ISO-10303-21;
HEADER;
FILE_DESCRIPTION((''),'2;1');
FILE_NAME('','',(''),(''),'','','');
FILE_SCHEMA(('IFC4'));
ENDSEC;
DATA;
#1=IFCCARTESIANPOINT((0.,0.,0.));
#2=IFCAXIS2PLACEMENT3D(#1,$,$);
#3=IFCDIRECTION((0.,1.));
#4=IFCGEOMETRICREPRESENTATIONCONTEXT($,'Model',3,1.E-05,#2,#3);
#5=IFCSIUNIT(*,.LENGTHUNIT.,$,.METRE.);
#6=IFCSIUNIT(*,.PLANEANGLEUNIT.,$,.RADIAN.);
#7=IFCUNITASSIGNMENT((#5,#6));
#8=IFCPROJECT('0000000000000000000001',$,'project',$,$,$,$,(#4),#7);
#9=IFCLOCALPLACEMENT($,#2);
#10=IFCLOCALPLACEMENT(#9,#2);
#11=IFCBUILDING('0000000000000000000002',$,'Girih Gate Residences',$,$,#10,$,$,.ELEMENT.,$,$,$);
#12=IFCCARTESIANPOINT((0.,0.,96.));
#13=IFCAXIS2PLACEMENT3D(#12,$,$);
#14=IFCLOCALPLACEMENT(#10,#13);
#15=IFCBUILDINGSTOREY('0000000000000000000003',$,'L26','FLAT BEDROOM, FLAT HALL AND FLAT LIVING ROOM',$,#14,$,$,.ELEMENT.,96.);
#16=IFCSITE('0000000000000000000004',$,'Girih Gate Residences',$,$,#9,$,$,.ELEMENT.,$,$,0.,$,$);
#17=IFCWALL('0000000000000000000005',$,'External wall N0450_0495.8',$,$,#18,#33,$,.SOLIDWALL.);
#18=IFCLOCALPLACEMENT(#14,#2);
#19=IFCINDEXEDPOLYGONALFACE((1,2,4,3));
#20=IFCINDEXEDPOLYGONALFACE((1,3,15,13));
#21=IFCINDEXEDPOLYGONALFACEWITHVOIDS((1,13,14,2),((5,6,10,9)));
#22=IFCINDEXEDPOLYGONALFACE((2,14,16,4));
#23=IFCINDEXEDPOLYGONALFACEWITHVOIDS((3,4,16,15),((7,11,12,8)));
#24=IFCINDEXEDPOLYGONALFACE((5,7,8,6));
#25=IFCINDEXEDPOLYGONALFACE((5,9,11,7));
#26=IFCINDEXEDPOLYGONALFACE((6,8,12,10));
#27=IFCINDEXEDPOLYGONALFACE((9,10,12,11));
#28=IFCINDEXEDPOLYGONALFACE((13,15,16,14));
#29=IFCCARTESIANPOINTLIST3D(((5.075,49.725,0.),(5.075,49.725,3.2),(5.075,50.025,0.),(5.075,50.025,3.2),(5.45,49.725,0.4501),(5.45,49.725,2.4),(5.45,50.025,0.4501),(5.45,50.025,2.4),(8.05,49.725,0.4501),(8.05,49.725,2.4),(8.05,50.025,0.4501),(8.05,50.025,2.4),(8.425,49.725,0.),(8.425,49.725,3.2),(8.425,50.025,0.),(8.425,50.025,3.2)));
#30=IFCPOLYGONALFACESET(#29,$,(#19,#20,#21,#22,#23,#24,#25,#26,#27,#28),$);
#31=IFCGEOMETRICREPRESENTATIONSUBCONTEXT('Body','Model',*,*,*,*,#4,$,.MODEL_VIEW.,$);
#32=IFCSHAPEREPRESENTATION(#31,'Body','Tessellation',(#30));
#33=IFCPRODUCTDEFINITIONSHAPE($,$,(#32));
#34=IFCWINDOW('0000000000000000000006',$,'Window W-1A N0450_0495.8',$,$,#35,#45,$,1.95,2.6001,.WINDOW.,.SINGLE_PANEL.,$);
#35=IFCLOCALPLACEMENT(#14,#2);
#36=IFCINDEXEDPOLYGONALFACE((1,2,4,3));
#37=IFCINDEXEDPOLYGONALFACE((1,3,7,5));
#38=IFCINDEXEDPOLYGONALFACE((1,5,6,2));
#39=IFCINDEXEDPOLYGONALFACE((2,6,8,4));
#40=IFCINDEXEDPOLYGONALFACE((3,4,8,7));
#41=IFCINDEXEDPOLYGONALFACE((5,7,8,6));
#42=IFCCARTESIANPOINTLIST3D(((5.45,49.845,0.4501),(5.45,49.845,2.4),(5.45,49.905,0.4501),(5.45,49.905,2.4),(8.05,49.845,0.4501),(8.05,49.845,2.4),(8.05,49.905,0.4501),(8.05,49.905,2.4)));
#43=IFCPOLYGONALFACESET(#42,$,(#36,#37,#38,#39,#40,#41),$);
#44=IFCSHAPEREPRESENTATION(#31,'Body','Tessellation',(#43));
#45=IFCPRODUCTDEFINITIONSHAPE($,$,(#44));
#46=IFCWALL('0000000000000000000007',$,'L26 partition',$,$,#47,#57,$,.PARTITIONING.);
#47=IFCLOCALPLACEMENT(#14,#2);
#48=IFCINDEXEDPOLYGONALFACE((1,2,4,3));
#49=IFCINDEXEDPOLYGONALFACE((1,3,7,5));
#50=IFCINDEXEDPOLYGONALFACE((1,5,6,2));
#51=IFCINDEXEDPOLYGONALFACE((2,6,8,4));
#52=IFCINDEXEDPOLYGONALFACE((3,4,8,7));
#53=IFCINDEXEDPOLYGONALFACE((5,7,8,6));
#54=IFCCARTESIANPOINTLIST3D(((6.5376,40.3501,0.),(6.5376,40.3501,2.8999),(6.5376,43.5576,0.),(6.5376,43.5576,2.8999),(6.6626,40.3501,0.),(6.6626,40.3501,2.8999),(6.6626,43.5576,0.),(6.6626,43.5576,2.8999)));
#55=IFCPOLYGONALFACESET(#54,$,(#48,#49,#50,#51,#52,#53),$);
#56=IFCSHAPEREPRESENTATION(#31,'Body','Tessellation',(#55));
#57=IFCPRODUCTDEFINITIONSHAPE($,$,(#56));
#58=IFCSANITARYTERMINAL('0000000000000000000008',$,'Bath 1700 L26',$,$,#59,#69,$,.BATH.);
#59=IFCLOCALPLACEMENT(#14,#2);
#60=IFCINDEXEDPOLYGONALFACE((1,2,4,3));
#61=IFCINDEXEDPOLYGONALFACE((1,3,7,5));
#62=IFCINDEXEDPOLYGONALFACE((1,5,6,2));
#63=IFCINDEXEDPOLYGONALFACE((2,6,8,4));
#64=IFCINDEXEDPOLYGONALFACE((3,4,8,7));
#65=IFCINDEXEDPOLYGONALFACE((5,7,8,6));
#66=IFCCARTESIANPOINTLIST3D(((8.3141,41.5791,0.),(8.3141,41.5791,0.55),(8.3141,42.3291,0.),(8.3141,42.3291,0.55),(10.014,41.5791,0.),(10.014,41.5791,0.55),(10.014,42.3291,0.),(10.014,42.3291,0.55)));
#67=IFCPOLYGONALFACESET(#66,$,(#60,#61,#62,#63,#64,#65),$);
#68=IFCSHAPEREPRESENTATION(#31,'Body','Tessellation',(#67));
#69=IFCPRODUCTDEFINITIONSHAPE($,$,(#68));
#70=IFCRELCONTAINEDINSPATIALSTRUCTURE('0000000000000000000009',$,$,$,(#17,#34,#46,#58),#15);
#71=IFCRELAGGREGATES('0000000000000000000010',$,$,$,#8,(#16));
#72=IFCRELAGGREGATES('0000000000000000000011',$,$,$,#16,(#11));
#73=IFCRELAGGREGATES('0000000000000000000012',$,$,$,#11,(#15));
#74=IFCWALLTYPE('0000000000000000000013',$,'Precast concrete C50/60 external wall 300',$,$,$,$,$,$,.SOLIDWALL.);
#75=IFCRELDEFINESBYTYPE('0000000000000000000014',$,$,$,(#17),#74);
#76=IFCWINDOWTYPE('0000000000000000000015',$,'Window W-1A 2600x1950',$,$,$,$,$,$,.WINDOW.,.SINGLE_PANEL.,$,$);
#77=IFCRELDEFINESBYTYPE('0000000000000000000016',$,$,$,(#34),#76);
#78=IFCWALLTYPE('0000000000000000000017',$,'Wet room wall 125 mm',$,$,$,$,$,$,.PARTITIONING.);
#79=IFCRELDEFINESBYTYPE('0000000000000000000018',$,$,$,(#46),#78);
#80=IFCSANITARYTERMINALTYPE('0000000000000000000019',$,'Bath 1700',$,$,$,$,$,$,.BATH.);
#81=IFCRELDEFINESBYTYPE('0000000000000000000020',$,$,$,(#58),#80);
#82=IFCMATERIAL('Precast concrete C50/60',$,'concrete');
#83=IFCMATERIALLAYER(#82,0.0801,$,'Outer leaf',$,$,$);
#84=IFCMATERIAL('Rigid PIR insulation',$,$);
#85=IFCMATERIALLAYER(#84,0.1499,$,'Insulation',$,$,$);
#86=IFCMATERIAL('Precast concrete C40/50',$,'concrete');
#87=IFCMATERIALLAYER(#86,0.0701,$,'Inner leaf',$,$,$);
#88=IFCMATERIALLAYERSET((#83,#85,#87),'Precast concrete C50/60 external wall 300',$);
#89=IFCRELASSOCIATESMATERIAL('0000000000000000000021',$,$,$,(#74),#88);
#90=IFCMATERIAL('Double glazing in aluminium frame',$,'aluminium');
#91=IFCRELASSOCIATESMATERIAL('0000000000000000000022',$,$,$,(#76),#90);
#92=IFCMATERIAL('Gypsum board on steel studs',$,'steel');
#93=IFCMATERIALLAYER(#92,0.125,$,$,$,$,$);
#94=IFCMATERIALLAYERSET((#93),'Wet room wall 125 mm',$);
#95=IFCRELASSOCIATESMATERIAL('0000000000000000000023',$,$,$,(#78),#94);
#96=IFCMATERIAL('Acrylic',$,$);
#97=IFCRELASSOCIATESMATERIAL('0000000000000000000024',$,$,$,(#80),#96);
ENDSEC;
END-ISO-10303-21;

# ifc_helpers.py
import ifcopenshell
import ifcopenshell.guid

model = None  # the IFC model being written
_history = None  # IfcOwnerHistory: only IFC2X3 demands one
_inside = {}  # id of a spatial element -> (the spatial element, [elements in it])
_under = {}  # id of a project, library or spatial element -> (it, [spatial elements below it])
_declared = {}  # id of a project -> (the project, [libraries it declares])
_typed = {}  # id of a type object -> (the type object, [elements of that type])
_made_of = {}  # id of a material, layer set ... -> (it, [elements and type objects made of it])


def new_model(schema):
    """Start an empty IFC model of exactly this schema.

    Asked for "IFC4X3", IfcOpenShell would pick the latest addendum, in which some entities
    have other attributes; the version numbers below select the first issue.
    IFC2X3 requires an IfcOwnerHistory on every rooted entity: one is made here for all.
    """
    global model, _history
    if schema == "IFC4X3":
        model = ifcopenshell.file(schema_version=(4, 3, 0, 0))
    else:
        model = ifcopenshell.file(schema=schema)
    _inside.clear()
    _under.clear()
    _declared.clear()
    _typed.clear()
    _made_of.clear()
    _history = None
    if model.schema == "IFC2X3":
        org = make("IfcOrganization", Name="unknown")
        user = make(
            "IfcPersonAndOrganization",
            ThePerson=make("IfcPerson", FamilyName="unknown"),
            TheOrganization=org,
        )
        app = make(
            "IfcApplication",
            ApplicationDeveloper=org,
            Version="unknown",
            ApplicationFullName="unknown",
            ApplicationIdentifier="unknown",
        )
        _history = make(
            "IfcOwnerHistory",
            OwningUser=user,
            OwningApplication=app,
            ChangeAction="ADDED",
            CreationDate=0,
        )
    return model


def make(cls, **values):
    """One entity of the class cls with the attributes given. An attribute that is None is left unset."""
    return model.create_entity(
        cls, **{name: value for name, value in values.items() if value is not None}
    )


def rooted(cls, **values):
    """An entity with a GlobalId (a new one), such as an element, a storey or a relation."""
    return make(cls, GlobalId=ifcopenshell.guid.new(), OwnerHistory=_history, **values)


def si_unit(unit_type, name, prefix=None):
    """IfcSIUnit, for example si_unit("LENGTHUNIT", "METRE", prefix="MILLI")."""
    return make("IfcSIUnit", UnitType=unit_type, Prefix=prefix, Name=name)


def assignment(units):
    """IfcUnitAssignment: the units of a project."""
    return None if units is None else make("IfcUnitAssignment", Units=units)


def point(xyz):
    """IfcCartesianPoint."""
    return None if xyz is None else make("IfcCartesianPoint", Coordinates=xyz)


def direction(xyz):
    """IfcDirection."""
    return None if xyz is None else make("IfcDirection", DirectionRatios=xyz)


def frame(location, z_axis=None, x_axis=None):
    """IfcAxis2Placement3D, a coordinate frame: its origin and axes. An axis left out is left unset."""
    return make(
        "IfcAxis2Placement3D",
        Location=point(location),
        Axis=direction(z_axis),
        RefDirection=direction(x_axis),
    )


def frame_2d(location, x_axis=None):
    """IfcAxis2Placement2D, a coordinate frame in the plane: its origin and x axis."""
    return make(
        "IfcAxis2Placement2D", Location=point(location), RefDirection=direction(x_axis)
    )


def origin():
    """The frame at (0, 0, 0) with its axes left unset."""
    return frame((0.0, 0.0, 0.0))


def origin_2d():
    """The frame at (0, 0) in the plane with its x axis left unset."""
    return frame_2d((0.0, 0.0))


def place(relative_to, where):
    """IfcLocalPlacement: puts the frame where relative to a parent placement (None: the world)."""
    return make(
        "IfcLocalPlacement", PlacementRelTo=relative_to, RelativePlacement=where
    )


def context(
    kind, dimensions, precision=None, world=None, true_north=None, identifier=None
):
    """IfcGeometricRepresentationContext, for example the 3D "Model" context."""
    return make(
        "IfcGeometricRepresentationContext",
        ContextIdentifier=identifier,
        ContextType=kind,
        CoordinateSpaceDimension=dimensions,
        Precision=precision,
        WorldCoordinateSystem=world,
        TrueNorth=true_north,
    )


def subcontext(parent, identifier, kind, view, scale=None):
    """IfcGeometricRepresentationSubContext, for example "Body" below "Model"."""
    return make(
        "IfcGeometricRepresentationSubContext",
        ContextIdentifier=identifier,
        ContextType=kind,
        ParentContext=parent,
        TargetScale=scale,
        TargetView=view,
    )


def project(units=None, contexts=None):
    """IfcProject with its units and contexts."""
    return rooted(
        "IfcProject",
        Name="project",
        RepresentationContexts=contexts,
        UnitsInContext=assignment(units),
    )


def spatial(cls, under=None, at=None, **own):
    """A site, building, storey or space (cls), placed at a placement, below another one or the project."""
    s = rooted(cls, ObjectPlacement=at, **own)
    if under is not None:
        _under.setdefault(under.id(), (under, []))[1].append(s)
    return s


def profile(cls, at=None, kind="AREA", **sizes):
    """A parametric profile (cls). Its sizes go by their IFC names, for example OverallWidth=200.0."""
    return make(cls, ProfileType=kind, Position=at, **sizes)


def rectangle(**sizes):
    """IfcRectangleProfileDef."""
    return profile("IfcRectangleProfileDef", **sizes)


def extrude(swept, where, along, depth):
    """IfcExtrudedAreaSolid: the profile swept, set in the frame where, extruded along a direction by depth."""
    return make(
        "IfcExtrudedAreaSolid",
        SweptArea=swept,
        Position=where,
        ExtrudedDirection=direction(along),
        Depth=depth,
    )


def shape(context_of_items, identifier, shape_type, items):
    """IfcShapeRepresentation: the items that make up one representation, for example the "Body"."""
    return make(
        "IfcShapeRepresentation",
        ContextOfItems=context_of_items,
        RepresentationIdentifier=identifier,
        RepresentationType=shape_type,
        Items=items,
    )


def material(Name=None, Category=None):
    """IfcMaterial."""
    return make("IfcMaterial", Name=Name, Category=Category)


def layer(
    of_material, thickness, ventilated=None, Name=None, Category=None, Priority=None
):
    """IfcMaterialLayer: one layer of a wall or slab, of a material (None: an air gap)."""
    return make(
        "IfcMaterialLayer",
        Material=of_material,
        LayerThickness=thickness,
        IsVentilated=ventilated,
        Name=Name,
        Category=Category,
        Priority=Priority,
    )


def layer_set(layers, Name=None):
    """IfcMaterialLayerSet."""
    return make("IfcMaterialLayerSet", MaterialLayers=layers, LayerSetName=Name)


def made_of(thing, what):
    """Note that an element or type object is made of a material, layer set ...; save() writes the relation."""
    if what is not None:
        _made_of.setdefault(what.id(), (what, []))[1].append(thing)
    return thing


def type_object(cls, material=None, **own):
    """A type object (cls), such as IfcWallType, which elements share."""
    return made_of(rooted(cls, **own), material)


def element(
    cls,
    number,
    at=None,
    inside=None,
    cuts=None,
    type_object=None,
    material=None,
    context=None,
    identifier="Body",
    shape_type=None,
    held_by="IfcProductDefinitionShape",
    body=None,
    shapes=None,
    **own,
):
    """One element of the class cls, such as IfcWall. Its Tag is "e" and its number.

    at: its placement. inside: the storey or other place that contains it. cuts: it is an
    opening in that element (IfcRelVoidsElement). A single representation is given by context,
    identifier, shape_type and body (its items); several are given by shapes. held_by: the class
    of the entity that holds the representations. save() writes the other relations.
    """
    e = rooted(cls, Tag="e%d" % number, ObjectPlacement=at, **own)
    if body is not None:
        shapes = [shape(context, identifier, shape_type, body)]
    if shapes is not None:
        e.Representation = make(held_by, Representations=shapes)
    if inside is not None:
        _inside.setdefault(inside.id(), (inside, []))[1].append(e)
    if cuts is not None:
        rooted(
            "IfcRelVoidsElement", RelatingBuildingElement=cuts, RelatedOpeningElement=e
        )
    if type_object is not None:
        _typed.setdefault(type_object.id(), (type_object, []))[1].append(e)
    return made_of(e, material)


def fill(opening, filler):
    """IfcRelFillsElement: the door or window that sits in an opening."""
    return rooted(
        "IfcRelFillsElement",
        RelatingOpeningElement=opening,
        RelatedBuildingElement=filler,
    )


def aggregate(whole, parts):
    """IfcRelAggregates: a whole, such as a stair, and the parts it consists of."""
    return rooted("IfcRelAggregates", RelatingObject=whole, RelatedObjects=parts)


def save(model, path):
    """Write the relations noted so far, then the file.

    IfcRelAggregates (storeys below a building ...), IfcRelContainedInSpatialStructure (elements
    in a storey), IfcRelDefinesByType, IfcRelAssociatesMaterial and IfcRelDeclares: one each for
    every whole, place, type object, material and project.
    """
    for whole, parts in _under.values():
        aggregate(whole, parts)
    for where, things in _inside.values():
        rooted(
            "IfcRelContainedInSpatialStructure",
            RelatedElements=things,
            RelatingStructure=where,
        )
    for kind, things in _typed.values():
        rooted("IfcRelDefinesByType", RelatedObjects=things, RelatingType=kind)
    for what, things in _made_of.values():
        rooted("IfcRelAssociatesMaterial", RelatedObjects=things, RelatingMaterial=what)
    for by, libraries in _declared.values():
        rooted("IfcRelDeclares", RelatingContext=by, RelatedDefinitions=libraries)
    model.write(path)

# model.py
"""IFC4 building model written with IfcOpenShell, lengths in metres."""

from ifc_helpers import new_model, si_unit, direction, frame, frame_2d, origin, origin_2d, place, context, subcontext, project, spatial, rectangle, extrude, material, layer, layer_set, type_object, element, fill, save


model = new_model("IFC4")

# Units and contexts
model_context = context("Model", 3, precision=1e-05, world=origin(), true_north=direction((0.0, 1.0)))
body_context = subcontext(model_context, "Body", "Model", "MODEL_VIEW")
ifc_project = project(units=[si_unit("LENGTHUNIT", "METRE"), si_unit("PLANEANGLEUNIT", "RADIAN")], contexts=[model_context])

# Site, building, storey
site_placement = place(None, origin())
site = spatial("IfcSite", under=ifc_project, at=site_placement, Name="Girih Gate Residences", CompositionType="ELEMENT", RefElevation=0.0)
building_placement = place(site_placement, origin())
building = spatial("IfcBuilding", under=site, at=building_placement, Name="Girih Gate Residences", CompositionType="ELEMENT")
storey_placement = place(building_placement, frame((0.0, 0.0, 96.0)))
storey = spatial("IfcBuildingStorey", under=building, at=storey_placement, Name="L26", Description="FLAT BEDROOM, FLAT HALL AND FLAT LIVING ROOM", CompositionType="ELEMENT", Elevation=96.0)

# Shared definitions
ifc_material_1 = material(Name="Gypsum board on steel studs", Category="steel")

# Wall, opening, window
ifc_material_2 = material(Name="Precast concrete C50/60", Category="concrete")
ifc_layer_1 = layer(ifc_material_2, 0.0801, Name="Outer leaf")
ifc_material_3 = material(Name="Rigid PIR insulation")
ifc_layer_2 = layer(ifc_material_3, 0.1499, Name="Insulation")
ifc_material_4 = material(Name="Precast concrete C40/50", Category="concrete")
ifc_layer_3 = layer(ifc_material_4, 0.0701, Name="Inner leaf")
ifc_layer_set_1 = layer_set([ifc_layer_1, ifc_layer_2, ifc_layer_3], Name="Precast concrete C50/60 external wall 300")
wall_type_1 = type_object("IfcWallType", Name="Precast concrete C50/60 external wall 300", PredefinedType="SOLIDWALL", material=ifc_layer_set_1)
ifc_material_5 = material(Name="Double glazing in aluminium frame", Category="aluminium")
window_type = type_object("IfcWindowType", Name="Window W-1A 2600x1950", PartitioningType="SINGLE_PANEL", PredefinedType="WINDOW", material=ifc_material_5)
wall_1_placement = place(storey_placement, frame((5.075, 49.875, 0.0), z_axis=(0.0, 0.0, 1.0), x_axis=(1.0, 0.0, 0.0)))
wall_1 = element("IfcWall", 1, at=wall_1_placement, inside=storey, type_object=wall_type_1, Name="External wall N0450_0495.8", PredefinedType="SOLIDWALL", context=body_context, shape_type="SweptSolid", body=[
    extrude(rectangle(XDim=3.3501, YDim=0.3, at=frame_2d((1.675, 0.0))), origin(), (0.0, 0.0, 1.0), 3.2),
])
opening_1_placement = place(wall_1_placement, frame((0.375, 0.0, 0.45)))
opening_1 = element("IfcOpeningElement", 2, at=opening_1_placement, cuts=wall_1, PredefinedType="OPENING", context=body_context, shape_type="SweptSolid", body=[
    extrude(rectangle(XDim=2.6001, YDim=1.95, at=frame_2d((1.3, 0.9751))), frame((0.0, 0.1599, 0.0), z_axis=(0.0, -1.0, 0.0), x_axis=(1.0, 0.0, 0.0)), (0.0, 0.0, 1.0), 0.3201),
])
window_1_placement = place(opening_1_placement, origin())
window_1 = element("IfcWindow", 3, at=window_1_placement, inside=storey, type_object=window_type, Name="Window W-1A N0450_0495.8", OverallHeight=1.95, OverallWidth=2.6001, PartitioningType="SINGLE_PANEL", PredefinedType="WINDOW", context=body_context, shape_type="SweptSolid", body=[
    extrude(rectangle(XDim=2.6001, YDim=1.95, at=frame_2d((1.3, 0.9751))), frame((0.0, 0.03, 0.0), z_axis=(0.0, -1.0, 0.0), x_axis=(1.0, 0.0, 0.0)), (0.0, 0.0, 1.0), 0.0601),
])
fill(opening_1, window_1)

# Wall
ifc_layer_4 = layer(ifc_material_1, 0.125)
ifc_layer_set_2 = layer_set([ifc_layer_4], Name="Wet room wall 125 mm")
wall_type_2 = type_object("IfcWallType", Name="Wet room wall 125 mm", PredefinedType="PARTITIONING", material=ifc_layer_set_2)
wall_2_placement = place(storey_placement, frame((6.6001, 40.3501, 0.0), z_axis=(0.0, 0.0, 1.0), x_axis=(0.0, 1.0, 0.0)))
element("IfcWall", 4, at=wall_2_placement, inside=storey, type_object=wall_type_2, Name="L26 partition", PredefinedType="PARTITIONING", context=body_context, shape_type="SweptSolid", body=[
    extrude(rectangle(XDim=3.2075, YDim=0.125, at=frame_2d((1.6038, 0.0))), origin(), (0.0, 0.0, 1.0), 2.8999),
])

# Sanitary terminal
ifc_material_6 = material(Name="Acrylic")
sanitary_terminal_type = type_object("IfcSanitaryTerminalType", Name="Bath 1700", PredefinedType="BATH", material=ifc_material_6)
sanitary_terminal_placement = place(storey_placement, frame((9.1641, 41.9541, 0.0), z_axis=(0.0, 0.0, 1.0), x_axis=(1.0, 0.0, 0.0)))
element("IfcSanitaryTerminal", 5, at=sanitary_terminal_placement, inside=storey, type_object=sanitary_terminal_type, Name="Bath 1700 L26", PredefinedType="BATH", context=body_context, shape_type="SweptSolid", body=[
    extrude(rectangle(XDim=1.7, YDim=0.75, at=origin_2d()), origin(), (0.0, 0.0, 1.0), 0.55),
])

save(model, "model.ifc")
